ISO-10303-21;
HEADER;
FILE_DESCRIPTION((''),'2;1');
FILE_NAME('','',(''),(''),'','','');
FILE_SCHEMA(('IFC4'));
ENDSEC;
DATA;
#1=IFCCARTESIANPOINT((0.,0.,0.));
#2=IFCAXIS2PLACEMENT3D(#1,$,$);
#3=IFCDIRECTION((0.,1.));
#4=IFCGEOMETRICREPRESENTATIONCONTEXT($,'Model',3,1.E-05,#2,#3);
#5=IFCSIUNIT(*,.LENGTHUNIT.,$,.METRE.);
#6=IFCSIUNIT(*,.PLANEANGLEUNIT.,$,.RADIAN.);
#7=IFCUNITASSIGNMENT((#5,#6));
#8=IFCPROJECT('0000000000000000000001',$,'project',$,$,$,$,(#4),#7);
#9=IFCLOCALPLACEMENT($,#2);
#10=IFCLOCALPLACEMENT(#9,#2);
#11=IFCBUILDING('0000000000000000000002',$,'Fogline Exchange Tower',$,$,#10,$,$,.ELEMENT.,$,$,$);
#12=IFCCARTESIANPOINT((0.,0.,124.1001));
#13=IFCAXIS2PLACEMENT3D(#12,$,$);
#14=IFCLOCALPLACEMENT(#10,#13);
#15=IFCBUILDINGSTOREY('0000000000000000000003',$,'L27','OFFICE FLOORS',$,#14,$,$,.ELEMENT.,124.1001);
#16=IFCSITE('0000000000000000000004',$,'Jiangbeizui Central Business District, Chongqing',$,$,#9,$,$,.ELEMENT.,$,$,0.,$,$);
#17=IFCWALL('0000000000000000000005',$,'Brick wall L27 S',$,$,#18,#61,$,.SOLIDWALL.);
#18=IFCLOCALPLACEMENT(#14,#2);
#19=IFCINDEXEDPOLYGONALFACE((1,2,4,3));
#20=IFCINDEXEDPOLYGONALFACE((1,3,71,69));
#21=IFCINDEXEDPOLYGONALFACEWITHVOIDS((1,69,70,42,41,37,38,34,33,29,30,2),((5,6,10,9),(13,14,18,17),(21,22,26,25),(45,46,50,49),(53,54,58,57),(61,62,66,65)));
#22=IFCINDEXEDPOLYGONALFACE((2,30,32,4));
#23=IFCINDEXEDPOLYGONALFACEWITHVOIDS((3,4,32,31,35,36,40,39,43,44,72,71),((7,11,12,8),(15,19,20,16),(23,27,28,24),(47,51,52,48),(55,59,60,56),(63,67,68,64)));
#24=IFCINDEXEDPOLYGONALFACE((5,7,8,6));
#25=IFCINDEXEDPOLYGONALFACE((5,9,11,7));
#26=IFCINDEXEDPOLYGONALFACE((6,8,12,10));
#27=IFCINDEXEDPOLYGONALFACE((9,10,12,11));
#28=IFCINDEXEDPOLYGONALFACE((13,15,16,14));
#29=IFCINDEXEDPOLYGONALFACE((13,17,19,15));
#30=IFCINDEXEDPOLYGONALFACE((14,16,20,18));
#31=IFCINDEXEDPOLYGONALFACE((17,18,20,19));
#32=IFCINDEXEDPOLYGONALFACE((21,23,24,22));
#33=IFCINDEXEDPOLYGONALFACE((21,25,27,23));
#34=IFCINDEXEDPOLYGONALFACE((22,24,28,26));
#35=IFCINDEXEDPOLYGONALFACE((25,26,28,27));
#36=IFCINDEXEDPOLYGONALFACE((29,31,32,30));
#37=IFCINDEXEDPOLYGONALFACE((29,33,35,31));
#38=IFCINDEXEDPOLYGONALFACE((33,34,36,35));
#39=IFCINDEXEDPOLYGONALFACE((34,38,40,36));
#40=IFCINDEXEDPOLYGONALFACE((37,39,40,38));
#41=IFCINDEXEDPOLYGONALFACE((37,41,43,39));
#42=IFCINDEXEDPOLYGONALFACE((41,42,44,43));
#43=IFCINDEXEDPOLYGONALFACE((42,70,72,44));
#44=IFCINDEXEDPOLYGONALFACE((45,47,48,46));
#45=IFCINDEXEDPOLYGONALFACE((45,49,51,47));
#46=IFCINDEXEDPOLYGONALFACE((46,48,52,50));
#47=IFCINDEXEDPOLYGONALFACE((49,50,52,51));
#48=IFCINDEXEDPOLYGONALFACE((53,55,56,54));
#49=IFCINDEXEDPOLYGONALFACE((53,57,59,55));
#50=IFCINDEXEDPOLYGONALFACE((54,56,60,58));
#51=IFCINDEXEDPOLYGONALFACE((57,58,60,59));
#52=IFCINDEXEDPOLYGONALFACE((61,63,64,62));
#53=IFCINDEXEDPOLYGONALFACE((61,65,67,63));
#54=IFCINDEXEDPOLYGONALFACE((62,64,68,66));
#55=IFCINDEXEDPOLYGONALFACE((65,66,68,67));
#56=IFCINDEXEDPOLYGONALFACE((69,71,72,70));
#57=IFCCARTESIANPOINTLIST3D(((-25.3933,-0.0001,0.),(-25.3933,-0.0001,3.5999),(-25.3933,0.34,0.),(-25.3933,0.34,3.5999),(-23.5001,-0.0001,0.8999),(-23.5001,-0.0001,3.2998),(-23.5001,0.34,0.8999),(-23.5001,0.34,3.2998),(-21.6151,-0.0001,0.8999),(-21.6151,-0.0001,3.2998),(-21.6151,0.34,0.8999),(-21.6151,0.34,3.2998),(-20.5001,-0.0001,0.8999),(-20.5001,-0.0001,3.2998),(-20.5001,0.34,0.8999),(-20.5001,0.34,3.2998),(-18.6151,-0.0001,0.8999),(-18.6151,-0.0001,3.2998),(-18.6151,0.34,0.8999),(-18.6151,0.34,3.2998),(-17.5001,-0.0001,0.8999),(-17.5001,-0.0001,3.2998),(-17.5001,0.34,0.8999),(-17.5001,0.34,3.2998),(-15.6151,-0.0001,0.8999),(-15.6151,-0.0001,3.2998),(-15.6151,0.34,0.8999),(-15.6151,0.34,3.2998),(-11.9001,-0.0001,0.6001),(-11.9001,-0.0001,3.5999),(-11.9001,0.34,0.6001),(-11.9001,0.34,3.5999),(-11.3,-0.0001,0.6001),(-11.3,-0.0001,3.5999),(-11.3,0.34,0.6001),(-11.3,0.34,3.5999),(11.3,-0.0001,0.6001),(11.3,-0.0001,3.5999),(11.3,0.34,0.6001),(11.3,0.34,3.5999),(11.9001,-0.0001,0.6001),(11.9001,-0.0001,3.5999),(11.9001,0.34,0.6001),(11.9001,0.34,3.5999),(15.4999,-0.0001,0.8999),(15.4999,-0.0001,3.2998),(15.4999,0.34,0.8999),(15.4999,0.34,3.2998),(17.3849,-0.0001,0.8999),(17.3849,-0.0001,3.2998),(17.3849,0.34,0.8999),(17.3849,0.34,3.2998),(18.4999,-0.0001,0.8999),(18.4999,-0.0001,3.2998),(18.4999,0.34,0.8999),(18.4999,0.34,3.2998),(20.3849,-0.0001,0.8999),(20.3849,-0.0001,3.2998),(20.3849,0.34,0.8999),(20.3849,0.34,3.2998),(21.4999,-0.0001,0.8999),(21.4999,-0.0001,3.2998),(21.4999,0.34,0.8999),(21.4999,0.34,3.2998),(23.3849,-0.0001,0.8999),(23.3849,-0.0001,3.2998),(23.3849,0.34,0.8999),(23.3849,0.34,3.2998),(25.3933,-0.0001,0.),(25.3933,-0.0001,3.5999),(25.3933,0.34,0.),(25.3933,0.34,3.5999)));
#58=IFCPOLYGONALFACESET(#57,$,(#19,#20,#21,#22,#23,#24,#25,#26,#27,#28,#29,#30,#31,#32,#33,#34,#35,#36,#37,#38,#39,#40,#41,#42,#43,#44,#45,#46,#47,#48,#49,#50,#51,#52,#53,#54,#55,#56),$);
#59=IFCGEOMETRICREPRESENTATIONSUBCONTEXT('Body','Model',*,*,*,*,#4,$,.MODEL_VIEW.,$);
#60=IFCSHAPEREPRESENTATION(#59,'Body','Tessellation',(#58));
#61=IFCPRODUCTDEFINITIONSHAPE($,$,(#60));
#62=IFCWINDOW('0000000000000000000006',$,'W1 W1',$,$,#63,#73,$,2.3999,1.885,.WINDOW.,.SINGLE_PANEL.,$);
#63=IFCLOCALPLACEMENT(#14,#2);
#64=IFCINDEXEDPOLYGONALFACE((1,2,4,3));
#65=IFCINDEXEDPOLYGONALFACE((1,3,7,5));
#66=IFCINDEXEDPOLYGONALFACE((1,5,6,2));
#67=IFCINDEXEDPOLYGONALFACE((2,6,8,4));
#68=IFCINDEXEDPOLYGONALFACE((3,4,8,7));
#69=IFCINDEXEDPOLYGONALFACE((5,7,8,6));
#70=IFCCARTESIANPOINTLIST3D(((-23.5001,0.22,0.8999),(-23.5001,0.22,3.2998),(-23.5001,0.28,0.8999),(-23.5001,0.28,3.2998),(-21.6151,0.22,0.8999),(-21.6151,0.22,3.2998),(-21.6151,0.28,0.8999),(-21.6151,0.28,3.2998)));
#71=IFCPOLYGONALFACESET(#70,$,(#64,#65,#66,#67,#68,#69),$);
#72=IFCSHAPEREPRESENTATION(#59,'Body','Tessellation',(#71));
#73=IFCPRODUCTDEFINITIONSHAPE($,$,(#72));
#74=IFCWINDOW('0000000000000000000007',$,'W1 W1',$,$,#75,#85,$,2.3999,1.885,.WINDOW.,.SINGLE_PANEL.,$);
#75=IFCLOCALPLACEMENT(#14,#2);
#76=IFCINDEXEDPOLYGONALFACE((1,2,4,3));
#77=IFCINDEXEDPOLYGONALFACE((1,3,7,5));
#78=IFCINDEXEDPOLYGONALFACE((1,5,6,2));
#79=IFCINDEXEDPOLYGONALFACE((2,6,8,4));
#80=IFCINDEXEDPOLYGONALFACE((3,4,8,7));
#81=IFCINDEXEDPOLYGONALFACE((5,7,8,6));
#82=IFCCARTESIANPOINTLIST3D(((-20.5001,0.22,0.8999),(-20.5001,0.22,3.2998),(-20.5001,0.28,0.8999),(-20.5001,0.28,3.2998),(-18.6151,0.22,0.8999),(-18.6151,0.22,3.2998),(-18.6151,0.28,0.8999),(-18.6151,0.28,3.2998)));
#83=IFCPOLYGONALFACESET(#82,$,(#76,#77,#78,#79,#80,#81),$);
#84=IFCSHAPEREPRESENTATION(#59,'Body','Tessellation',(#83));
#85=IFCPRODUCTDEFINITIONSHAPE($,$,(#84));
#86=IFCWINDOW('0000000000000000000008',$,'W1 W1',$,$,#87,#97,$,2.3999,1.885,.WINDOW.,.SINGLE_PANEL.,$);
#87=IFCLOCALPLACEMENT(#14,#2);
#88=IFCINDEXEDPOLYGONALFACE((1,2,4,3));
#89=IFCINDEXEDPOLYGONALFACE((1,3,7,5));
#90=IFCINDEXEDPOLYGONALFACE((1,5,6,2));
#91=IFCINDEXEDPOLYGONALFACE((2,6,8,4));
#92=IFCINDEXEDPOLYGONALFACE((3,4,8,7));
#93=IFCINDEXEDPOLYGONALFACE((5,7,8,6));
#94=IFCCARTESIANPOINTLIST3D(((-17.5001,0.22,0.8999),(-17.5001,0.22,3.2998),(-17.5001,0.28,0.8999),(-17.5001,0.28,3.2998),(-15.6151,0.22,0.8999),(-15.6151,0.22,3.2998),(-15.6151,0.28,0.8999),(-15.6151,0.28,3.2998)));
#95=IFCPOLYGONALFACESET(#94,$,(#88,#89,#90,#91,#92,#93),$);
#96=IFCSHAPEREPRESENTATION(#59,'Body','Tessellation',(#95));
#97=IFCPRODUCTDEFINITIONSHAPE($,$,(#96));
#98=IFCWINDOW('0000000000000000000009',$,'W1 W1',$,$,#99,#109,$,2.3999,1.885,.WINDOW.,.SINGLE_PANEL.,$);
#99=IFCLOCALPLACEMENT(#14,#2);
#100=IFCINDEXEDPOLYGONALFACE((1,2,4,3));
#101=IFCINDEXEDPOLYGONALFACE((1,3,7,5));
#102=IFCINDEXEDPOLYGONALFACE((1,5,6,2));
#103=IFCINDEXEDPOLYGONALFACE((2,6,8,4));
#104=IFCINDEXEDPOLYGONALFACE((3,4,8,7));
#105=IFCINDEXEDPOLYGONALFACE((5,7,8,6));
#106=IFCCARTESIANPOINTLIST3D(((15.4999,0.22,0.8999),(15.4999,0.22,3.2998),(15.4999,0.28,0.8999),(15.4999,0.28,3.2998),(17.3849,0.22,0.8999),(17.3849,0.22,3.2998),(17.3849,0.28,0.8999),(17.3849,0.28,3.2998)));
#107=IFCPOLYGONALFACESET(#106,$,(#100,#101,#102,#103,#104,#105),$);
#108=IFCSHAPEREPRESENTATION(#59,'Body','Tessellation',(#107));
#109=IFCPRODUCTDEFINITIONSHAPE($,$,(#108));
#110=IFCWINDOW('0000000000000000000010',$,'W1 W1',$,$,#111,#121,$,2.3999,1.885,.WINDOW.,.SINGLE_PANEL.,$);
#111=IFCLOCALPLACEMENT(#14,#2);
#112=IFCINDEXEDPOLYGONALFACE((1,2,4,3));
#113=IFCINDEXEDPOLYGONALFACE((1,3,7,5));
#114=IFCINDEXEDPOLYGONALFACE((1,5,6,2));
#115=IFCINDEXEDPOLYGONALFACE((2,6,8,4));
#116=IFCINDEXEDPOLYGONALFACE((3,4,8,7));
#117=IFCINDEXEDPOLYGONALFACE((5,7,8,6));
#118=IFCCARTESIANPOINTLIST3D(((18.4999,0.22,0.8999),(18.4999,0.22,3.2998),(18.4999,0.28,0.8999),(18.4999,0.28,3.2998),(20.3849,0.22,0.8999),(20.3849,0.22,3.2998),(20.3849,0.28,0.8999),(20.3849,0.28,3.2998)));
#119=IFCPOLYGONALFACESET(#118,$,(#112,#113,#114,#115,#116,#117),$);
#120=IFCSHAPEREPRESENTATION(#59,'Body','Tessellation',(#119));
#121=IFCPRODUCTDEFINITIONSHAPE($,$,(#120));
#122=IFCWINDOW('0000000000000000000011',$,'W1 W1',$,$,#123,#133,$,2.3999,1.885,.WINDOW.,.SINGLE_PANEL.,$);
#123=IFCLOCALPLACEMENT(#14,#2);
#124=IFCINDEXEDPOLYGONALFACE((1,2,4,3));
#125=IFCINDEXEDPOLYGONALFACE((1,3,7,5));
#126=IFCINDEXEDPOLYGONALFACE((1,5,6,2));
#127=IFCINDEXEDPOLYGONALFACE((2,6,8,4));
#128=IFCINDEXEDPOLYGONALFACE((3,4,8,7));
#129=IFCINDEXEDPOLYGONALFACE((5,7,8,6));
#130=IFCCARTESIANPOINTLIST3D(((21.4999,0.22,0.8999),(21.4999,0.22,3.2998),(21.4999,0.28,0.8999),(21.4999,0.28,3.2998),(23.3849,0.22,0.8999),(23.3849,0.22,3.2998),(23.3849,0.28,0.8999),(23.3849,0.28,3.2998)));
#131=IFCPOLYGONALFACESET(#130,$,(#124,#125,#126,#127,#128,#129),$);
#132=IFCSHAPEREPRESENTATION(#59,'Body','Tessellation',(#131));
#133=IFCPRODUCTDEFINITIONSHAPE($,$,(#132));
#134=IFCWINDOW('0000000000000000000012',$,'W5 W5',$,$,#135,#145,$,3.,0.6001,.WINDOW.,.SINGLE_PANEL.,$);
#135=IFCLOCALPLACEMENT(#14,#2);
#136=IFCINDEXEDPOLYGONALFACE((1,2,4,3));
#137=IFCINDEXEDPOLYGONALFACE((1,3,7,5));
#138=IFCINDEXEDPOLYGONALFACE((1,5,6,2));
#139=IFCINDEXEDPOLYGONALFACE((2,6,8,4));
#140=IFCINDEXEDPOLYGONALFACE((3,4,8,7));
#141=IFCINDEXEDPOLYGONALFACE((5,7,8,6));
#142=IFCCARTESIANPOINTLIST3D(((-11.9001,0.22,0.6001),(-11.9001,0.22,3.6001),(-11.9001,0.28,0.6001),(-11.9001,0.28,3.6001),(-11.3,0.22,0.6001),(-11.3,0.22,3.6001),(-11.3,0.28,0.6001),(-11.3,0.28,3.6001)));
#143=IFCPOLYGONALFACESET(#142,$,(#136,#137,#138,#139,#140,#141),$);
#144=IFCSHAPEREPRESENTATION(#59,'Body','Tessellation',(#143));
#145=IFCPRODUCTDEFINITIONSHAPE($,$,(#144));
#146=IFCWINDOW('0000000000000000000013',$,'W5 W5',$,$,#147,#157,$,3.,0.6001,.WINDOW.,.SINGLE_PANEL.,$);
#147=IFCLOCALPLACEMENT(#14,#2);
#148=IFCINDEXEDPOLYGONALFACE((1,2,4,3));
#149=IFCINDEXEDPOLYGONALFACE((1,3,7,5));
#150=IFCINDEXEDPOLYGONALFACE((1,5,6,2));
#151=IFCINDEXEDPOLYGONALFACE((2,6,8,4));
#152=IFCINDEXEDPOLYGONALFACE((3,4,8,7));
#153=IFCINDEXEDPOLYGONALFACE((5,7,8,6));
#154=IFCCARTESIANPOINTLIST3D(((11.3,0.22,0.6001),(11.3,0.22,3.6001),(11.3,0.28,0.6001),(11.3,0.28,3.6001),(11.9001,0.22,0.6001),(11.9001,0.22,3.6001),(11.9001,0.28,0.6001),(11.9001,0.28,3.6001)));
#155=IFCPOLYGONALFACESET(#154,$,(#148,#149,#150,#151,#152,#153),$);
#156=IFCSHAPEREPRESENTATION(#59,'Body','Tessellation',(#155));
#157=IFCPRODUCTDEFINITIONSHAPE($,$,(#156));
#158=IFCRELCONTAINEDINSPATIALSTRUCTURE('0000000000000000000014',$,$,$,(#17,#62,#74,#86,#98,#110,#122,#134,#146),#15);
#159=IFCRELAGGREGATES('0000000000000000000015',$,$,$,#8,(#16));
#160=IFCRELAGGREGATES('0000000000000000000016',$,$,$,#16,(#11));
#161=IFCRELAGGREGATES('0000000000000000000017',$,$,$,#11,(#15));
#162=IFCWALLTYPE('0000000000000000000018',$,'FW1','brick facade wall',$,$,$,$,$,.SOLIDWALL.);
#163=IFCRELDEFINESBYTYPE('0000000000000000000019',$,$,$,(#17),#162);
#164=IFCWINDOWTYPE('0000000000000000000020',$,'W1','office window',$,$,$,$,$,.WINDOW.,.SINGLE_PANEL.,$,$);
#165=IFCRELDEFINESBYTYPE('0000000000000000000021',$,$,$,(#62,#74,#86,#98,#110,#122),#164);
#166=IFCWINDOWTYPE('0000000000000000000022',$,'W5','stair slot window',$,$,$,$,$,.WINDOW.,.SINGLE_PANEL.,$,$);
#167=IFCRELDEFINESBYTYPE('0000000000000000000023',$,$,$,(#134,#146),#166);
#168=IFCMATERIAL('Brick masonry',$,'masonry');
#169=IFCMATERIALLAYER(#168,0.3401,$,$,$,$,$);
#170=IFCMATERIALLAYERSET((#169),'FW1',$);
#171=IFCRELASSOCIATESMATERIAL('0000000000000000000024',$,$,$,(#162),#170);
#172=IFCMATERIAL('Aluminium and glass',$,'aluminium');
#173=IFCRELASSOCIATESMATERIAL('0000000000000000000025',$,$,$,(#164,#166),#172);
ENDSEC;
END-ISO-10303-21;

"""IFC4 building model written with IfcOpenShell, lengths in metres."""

from ifc_helpers import new_model, si_unit, direction, frame, frame_2d, origin, place, context, subcontext, project, spatial, rectangle, extrude, material, layer, layer_set, type_object, element, fill, save


model = new_model("IFC4")

# Units and contexts
model_context = context("Model", 3, precision=1e-05, world=origin(), true_north=direction((0.0, 1.0)))
body_context = subcontext(model_context, "Body", "Model", "MODEL_VIEW")
ifc_project = project(units=[si_unit("LENGTHUNIT", "METRE"), si_unit("PLANEANGLEUNIT", "RADIAN")], contexts=[model_context])

# Site, building, storey
site_placement = place(None, origin())
site = spatial("IfcSite", under=ifc_project, at=site_placement, Name="Jiangbeizui Central Business District, Chongqing", CompositionType="ELEMENT", RefElevation=0.0)
building_placement = place(site_placement, origin())
building = spatial("IfcBuilding", under=site, at=building_placement, Name="Fogline Exchange Tower", CompositionType="ELEMENT")
storey_placement = place(building_placement, frame((0.0, 0.0, 124.1001)))
storey = spatial("IfcBuildingStorey", under=building, at=storey_placement, Name="L27", Description="OFFICE FLOORS", CompositionType="ELEMENT", Elevation=124.1001)

# Shared definitions
ifc_material_1 = material(Name="Brick masonry", Category="masonry")
ifc_layer_1 = layer(ifc_material_1, 0.3401)
ifc_layer_set_1 = layer_set([ifc_layer_1], Name="FW1")
wall_type_1 = type_object("IfcWallType", Name="FW1", Description="brick facade wall", PredefinedType="SOLIDWALL", material=ifc_layer_set_1)
ifc_material_2 = material(Name="Aluminium and glass", Category="aluminium")

# Wall, openings, windows
wall_1_placement = place(storey_placement, frame((-25.3933, 0.1699, 0.0), z_axis=(0.0, 0.0, 1.0), x_axis=(1.0, 0.0, 0.0)))
wall_1 = element("IfcWall", 1, at=wall_1_placement, inside=storey, type_object=wall_type_1, Name="Brick wall L27 S", PredefinedType="SOLIDWALL", context=body_context, shape_type="SweptSolid", body=[
    extrude(rectangle(XDim=50.7866, YDim=0.3401, at=frame_2d((25.3933, 0.0))), origin(), (0.0, 0.0, 1.0), 3.5999),
])
opening_1_placement = place(wall_1_placement, frame((1.8933, 0.0, 0.8999)))
opening_1 = element("IfcOpeningElement", 2, at=opening_1_placement, cuts=wall_1, PredefinedType="OPENING", context=body_context, shape_type="SweptSolid", body=[
    extrude(rectangle(XDim=1.885, YDim=2.3999, at=frame_2d((0.9424, 1.2))), frame((0.0, 0.1802, 0.0), z_axis=(0.0, -1.0, 0.0), x_axis=(1.0, 0.0, 0.0)), (0.0, 0.0, 1.0), 0.3601),
])
opening_2_placement = place(wall_1_placement, frame((4.8933, 0.0, 0.8999)))
opening_2 = element("IfcOpeningElement", 3, at=opening_2_placement, cuts=wall_1, PredefinedType="OPENING", context=body_context, shape_type="SweptSolid", body=[
    extrude(rectangle(XDim=1.885, YDim=2.3999, at=frame_2d((0.9424, 1.2))), frame((0.0, 0.1802, 0.0), z_axis=(0.0, -1.0, 0.0), x_axis=(1.0, 0.0, 0.0)), (0.0, 0.0, 1.0), 0.3601),
])
opening_3_placement = place(wall_1_placement, frame((7.8933, 0.0, 0.8999)))
opening_3 = element("IfcOpeningElement", 4, at=opening_3_placement, cuts=wall_1, PredefinedType="OPENING", context=body_context, shape_type="SweptSolid", body=[
    extrude(rectangle(XDim=1.885, YDim=2.3999, at=frame_2d((0.9424, 1.2))), frame((0.0, 0.1802, 0.0), z_axis=(0.0, -1.0, 0.0), x_axis=(1.0, 0.0, 0.0)), (0.0, 0.0, 1.0), 0.3601),
])
opening_4_placement = place(wall_1_placement, frame((40.8933, 0.0, 0.8999)))
opening_4 = element("IfcOpeningElement", 5, at=opening_4_placement, cuts=wall_1, PredefinedType="OPENING", context=body_context, shape_type="SweptSolid", body=[
    extrude(rectangle(XDim=1.885, YDim=2.3999, at=frame_2d((0.9424, 1.2))), frame((0.0, 0.1802, 0.0), z_axis=(0.0, -1.0, 0.0), x_axis=(1.0, 0.0, 0.0)), (0.0, 0.0, 1.0), 0.3601),
])
opening_5_placement = place(wall_1_placement, frame((43.8933, 0.0, 0.8999)))
opening_5 = element("IfcOpeningElement", 6, at=opening_5_placement, cuts=wall_1, PredefinedType="OPENING", context=body_context, shape_type="SweptSolid", body=[
    extrude(rectangle(XDim=1.885, YDim=2.3999, at=frame_2d((0.9424, 1.2))), frame((0.0, 0.1802, 0.0), z_axis=(0.0, -1.0, 0.0), x_axis=(1.0, 0.0, 0.0)), (0.0, 0.0, 1.0), 0.3601),
])
opening_6_placement = place(wall_1_placement, frame((46.8933, 0.0, 0.8999)))
opening_6 = element("IfcOpeningElement", 7, at=opening_6_placement, cuts=wall_1, PredefinedType="OPENING", context=body_context, shape_type="SweptSolid", body=[
    extrude(rectangle(XDim=1.885, YDim=2.3999, at=frame_2d((0.9424, 1.2))), frame((0.0, 0.1802, 0.0), z_axis=(0.0, -1.0, 0.0), x_axis=(1.0, 0.0, 0.0)), (0.0, 0.0, 1.0), 0.3601),
])
opening_7_placement = place(wall_1_placement, frame((13.4932, 0.0, 0.6001)))
opening_7 = element("IfcOpeningElement", 8, at=opening_7_placement, cuts=wall_1, PredefinedType="OPENING", context=body_context, shape_type="SweptSolid", body=[
    extrude(rectangle(XDim=0.6001, YDim=3.0, at=frame_2d((0.3, 1.5))), frame((0.0, 0.1802, 0.0), z_axis=(0.0, -1.0, 0.0), x_axis=(1.0, 0.0, 0.0)), (0.0, 0.0, 1.0), 0.3601),
])
opening_8_placement = place(wall_1_placement, frame((36.6934, 0.0, 0.6001)))
opening_8 = element("IfcOpeningElement", 9, at=opening_8_placement, cuts=wall_1, PredefinedType="OPENING", context=body_context, shape_type="SweptSolid", body=[
    extrude(rectangle(XDim=0.6001, YDim=3.0, at=frame_2d((0.3, 1.5))), frame((0.0, 0.1802, 0.0), z_axis=(0.0, -1.0, 0.0), x_axis=(1.0, 0.0, 0.0)), (0.0, 0.0, 1.0), 0.3601),
])
window_type_1 = type_object("IfcWindowType", Name="W1", Description="office window", PartitioningType="SINGLE_PANEL", PredefinedType="WINDOW", material=ifc_material_2)
window_1_placement = place(opening_1_placement, origin())
window_1 = element("IfcWindow", 10, at=window_1_placement, inside=storey, type_object=window_type_1, Name="W1 W1", OverallHeight=2.3999, OverallWidth=1.885, PartitioningType="SINGLE_PANEL", PredefinedType="WINDOW", context=body_context, shape_type="SweptSolid", body=[
    extrude(rectangle(XDim=1.885, YDim=2.3999, at=frame_2d((0.9424, 1.2))), frame((0.0, 0.1101, 0.0), z_axis=(0.0, -1.0, 0.0), x_axis=(1.0, 0.0, 0.0)), (0.0, 0.0, 1.0), 0.0601),
])
fill(opening_1, window_1)
window_2_placement = place(opening_2_placement, origin())
window_2 = element("IfcWindow", 11, at=window_2_placement, inside=storey, type_object=window_type_1, Name="W1 W1", OverallHeight=2.3999, OverallWidth=1.885, PartitioningType="SINGLE_PANEL", PredefinedType="WINDOW", context=body_context, shape_type="SweptSolid", body=[
    extrude(rectangle(XDim=1.885, YDim=2.3999, at=frame_2d((0.9424, 1.2))), frame((0.0, 0.1101, 0.0), z_axis=(0.0, -1.0, 0.0), x_axis=(1.0, 0.0, 0.0)), (0.0, 0.0, 1.0), 0.0601),
])
fill(opening_2, window_2)
window_3_placement = place(opening_3_placement, origin())
window_3 = element("IfcWindow", 12, at=window_3_placement, inside=storey, type_object=window_type_1, Name="W1 W1", OverallHeight=2.3999, OverallWidth=1.885, PartitioningType="SINGLE_PANEL", PredefinedType="WINDOW", context=body_context, shape_type="SweptSolid", body=[
    extrude(rectangle(XDim=1.885, YDim=2.3999, at=frame_2d((0.9424, 1.2))), frame((0.0, 0.1101, 0.0), z_axis=(0.0, -1.0, 0.0), x_axis=(1.0, 0.0, 0.0)), (0.0, 0.0, 1.0), 0.0601),
])
fill(opening_3, window_3)
window_4_placement = place(opening_4_placement, origin())
window_4 = element("IfcWindow", 13, at=window_4_placement, inside=storey, type_object=window_type_1, Name="W1 W1", OverallHeight=2.3999, OverallWidth=1.885, PartitioningType="SINGLE_PANEL", PredefinedType="WINDOW", context=body_context, shape_type="SweptSolid", body=[
    extrude(rectangle(XDim=1.885, YDim=2.3999, at=frame_2d((0.9424, 1.2))), frame((0.0, 0.1101, 0.0), z_axis=(0.0, -1.0, 0.0), x_axis=(1.0, 0.0, 0.0)), (0.0, 0.0, 1.0), 0.0601),
])
fill(opening_4, window_4)
window_5_placement = place(opening_5_placement, origin())
window_5 = element("IfcWindow", 14, at=window_5_placement, inside=storey, type_object=window_type_1, Name="W1 W1", OverallHeight=2.3999, OverallWidth=1.885, PartitioningType="SINGLE_PANEL", PredefinedType="WINDOW", context=body_context, shape_type="SweptSolid", body=[
    extrude(rectangle(XDim=1.885, YDim=2.3999, at=frame_2d((0.9424, 1.2))), frame((0.0, 0.1101, 0.0), z_axis=(0.0, -1.0, 0.0), x_axis=(1.0, 0.0, 0.0)), (0.0, 0.0, 1.0), 0.0601),
])
fill(opening_5, window_5)
window_6_placement = place(opening_6_placement, origin())
window_6 = element("IfcWindow", 15, at=window_6_placement, inside=storey, type_object=window_type_1, Name="W1 W1", OverallHeight=2.3999, OverallWidth=1.885, PartitioningType="SINGLE_PANEL", PredefinedType="WINDOW", context=body_context, shape_type="SweptSolid", body=[
    extrude(rectangle(XDim=1.885, YDim=2.3999, at=frame_2d((0.9424, 1.2))), frame((0.0, 0.1101, 0.0), z_axis=(0.0, -1.0, 0.0), x_axis=(1.0, 0.0, 0.0)), (0.0, 0.0, 1.0), 0.0601),
])
fill(opening_6, window_6)
window_type_2 = type_object("IfcWindowType", Name="W5", Description="stair slot window", PartitioningType="SINGLE_PANEL", PredefinedType="WINDOW", material=ifc_material_2)
window_7_placement = place(opening_7_placement, origin())
window_7 = element("IfcWindow", 16, at=window_7_placement, inside=storey, type_object=window_type_2, Name="W5 W5", OverallHeight=3.0, OverallWidth=0.6001, PartitioningType="SINGLE_PANEL", PredefinedType="WINDOW", context=body_context, shape_type="SweptSolid", body=[
    extrude(rectangle(XDim=0.6001, YDim=3.0, at=frame_2d((0.3, 1.5))), frame((0.0, 0.1101, 0.0), z_axis=(0.0, -1.0, 0.0), x_axis=(1.0, 0.0, 0.0)), (0.0, 0.0, 1.0), 0.0601),
])
fill(opening_7, window_7)
window_8_placement = place(opening_8_placement, origin())
window_8 = element("IfcWindow", 17, at=window_8_placement, inside=storey, type_object=window_type_2, Name="W5 W5", OverallHeight=3.0, OverallWidth=0.6001, PartitioningType="SINGLE_PANEL", PredefinedType="WINDOW", context=body_context, shape_type="SweptSolid", body=[
    extrude(rectangle(XDim=0.6001, YDim=3.0, at=frame_2d((0.3, 1.5))), frame((0.0, 0.1101, 0.0), z_axis=(0.0, -1.0, 0.0), x_axis=(1.0, 0.0, 0.0)), (0.0, 0.0, 1.0), 0.0601),
])
fill(opening_8, window_8)

save(model, "model.ifc")
